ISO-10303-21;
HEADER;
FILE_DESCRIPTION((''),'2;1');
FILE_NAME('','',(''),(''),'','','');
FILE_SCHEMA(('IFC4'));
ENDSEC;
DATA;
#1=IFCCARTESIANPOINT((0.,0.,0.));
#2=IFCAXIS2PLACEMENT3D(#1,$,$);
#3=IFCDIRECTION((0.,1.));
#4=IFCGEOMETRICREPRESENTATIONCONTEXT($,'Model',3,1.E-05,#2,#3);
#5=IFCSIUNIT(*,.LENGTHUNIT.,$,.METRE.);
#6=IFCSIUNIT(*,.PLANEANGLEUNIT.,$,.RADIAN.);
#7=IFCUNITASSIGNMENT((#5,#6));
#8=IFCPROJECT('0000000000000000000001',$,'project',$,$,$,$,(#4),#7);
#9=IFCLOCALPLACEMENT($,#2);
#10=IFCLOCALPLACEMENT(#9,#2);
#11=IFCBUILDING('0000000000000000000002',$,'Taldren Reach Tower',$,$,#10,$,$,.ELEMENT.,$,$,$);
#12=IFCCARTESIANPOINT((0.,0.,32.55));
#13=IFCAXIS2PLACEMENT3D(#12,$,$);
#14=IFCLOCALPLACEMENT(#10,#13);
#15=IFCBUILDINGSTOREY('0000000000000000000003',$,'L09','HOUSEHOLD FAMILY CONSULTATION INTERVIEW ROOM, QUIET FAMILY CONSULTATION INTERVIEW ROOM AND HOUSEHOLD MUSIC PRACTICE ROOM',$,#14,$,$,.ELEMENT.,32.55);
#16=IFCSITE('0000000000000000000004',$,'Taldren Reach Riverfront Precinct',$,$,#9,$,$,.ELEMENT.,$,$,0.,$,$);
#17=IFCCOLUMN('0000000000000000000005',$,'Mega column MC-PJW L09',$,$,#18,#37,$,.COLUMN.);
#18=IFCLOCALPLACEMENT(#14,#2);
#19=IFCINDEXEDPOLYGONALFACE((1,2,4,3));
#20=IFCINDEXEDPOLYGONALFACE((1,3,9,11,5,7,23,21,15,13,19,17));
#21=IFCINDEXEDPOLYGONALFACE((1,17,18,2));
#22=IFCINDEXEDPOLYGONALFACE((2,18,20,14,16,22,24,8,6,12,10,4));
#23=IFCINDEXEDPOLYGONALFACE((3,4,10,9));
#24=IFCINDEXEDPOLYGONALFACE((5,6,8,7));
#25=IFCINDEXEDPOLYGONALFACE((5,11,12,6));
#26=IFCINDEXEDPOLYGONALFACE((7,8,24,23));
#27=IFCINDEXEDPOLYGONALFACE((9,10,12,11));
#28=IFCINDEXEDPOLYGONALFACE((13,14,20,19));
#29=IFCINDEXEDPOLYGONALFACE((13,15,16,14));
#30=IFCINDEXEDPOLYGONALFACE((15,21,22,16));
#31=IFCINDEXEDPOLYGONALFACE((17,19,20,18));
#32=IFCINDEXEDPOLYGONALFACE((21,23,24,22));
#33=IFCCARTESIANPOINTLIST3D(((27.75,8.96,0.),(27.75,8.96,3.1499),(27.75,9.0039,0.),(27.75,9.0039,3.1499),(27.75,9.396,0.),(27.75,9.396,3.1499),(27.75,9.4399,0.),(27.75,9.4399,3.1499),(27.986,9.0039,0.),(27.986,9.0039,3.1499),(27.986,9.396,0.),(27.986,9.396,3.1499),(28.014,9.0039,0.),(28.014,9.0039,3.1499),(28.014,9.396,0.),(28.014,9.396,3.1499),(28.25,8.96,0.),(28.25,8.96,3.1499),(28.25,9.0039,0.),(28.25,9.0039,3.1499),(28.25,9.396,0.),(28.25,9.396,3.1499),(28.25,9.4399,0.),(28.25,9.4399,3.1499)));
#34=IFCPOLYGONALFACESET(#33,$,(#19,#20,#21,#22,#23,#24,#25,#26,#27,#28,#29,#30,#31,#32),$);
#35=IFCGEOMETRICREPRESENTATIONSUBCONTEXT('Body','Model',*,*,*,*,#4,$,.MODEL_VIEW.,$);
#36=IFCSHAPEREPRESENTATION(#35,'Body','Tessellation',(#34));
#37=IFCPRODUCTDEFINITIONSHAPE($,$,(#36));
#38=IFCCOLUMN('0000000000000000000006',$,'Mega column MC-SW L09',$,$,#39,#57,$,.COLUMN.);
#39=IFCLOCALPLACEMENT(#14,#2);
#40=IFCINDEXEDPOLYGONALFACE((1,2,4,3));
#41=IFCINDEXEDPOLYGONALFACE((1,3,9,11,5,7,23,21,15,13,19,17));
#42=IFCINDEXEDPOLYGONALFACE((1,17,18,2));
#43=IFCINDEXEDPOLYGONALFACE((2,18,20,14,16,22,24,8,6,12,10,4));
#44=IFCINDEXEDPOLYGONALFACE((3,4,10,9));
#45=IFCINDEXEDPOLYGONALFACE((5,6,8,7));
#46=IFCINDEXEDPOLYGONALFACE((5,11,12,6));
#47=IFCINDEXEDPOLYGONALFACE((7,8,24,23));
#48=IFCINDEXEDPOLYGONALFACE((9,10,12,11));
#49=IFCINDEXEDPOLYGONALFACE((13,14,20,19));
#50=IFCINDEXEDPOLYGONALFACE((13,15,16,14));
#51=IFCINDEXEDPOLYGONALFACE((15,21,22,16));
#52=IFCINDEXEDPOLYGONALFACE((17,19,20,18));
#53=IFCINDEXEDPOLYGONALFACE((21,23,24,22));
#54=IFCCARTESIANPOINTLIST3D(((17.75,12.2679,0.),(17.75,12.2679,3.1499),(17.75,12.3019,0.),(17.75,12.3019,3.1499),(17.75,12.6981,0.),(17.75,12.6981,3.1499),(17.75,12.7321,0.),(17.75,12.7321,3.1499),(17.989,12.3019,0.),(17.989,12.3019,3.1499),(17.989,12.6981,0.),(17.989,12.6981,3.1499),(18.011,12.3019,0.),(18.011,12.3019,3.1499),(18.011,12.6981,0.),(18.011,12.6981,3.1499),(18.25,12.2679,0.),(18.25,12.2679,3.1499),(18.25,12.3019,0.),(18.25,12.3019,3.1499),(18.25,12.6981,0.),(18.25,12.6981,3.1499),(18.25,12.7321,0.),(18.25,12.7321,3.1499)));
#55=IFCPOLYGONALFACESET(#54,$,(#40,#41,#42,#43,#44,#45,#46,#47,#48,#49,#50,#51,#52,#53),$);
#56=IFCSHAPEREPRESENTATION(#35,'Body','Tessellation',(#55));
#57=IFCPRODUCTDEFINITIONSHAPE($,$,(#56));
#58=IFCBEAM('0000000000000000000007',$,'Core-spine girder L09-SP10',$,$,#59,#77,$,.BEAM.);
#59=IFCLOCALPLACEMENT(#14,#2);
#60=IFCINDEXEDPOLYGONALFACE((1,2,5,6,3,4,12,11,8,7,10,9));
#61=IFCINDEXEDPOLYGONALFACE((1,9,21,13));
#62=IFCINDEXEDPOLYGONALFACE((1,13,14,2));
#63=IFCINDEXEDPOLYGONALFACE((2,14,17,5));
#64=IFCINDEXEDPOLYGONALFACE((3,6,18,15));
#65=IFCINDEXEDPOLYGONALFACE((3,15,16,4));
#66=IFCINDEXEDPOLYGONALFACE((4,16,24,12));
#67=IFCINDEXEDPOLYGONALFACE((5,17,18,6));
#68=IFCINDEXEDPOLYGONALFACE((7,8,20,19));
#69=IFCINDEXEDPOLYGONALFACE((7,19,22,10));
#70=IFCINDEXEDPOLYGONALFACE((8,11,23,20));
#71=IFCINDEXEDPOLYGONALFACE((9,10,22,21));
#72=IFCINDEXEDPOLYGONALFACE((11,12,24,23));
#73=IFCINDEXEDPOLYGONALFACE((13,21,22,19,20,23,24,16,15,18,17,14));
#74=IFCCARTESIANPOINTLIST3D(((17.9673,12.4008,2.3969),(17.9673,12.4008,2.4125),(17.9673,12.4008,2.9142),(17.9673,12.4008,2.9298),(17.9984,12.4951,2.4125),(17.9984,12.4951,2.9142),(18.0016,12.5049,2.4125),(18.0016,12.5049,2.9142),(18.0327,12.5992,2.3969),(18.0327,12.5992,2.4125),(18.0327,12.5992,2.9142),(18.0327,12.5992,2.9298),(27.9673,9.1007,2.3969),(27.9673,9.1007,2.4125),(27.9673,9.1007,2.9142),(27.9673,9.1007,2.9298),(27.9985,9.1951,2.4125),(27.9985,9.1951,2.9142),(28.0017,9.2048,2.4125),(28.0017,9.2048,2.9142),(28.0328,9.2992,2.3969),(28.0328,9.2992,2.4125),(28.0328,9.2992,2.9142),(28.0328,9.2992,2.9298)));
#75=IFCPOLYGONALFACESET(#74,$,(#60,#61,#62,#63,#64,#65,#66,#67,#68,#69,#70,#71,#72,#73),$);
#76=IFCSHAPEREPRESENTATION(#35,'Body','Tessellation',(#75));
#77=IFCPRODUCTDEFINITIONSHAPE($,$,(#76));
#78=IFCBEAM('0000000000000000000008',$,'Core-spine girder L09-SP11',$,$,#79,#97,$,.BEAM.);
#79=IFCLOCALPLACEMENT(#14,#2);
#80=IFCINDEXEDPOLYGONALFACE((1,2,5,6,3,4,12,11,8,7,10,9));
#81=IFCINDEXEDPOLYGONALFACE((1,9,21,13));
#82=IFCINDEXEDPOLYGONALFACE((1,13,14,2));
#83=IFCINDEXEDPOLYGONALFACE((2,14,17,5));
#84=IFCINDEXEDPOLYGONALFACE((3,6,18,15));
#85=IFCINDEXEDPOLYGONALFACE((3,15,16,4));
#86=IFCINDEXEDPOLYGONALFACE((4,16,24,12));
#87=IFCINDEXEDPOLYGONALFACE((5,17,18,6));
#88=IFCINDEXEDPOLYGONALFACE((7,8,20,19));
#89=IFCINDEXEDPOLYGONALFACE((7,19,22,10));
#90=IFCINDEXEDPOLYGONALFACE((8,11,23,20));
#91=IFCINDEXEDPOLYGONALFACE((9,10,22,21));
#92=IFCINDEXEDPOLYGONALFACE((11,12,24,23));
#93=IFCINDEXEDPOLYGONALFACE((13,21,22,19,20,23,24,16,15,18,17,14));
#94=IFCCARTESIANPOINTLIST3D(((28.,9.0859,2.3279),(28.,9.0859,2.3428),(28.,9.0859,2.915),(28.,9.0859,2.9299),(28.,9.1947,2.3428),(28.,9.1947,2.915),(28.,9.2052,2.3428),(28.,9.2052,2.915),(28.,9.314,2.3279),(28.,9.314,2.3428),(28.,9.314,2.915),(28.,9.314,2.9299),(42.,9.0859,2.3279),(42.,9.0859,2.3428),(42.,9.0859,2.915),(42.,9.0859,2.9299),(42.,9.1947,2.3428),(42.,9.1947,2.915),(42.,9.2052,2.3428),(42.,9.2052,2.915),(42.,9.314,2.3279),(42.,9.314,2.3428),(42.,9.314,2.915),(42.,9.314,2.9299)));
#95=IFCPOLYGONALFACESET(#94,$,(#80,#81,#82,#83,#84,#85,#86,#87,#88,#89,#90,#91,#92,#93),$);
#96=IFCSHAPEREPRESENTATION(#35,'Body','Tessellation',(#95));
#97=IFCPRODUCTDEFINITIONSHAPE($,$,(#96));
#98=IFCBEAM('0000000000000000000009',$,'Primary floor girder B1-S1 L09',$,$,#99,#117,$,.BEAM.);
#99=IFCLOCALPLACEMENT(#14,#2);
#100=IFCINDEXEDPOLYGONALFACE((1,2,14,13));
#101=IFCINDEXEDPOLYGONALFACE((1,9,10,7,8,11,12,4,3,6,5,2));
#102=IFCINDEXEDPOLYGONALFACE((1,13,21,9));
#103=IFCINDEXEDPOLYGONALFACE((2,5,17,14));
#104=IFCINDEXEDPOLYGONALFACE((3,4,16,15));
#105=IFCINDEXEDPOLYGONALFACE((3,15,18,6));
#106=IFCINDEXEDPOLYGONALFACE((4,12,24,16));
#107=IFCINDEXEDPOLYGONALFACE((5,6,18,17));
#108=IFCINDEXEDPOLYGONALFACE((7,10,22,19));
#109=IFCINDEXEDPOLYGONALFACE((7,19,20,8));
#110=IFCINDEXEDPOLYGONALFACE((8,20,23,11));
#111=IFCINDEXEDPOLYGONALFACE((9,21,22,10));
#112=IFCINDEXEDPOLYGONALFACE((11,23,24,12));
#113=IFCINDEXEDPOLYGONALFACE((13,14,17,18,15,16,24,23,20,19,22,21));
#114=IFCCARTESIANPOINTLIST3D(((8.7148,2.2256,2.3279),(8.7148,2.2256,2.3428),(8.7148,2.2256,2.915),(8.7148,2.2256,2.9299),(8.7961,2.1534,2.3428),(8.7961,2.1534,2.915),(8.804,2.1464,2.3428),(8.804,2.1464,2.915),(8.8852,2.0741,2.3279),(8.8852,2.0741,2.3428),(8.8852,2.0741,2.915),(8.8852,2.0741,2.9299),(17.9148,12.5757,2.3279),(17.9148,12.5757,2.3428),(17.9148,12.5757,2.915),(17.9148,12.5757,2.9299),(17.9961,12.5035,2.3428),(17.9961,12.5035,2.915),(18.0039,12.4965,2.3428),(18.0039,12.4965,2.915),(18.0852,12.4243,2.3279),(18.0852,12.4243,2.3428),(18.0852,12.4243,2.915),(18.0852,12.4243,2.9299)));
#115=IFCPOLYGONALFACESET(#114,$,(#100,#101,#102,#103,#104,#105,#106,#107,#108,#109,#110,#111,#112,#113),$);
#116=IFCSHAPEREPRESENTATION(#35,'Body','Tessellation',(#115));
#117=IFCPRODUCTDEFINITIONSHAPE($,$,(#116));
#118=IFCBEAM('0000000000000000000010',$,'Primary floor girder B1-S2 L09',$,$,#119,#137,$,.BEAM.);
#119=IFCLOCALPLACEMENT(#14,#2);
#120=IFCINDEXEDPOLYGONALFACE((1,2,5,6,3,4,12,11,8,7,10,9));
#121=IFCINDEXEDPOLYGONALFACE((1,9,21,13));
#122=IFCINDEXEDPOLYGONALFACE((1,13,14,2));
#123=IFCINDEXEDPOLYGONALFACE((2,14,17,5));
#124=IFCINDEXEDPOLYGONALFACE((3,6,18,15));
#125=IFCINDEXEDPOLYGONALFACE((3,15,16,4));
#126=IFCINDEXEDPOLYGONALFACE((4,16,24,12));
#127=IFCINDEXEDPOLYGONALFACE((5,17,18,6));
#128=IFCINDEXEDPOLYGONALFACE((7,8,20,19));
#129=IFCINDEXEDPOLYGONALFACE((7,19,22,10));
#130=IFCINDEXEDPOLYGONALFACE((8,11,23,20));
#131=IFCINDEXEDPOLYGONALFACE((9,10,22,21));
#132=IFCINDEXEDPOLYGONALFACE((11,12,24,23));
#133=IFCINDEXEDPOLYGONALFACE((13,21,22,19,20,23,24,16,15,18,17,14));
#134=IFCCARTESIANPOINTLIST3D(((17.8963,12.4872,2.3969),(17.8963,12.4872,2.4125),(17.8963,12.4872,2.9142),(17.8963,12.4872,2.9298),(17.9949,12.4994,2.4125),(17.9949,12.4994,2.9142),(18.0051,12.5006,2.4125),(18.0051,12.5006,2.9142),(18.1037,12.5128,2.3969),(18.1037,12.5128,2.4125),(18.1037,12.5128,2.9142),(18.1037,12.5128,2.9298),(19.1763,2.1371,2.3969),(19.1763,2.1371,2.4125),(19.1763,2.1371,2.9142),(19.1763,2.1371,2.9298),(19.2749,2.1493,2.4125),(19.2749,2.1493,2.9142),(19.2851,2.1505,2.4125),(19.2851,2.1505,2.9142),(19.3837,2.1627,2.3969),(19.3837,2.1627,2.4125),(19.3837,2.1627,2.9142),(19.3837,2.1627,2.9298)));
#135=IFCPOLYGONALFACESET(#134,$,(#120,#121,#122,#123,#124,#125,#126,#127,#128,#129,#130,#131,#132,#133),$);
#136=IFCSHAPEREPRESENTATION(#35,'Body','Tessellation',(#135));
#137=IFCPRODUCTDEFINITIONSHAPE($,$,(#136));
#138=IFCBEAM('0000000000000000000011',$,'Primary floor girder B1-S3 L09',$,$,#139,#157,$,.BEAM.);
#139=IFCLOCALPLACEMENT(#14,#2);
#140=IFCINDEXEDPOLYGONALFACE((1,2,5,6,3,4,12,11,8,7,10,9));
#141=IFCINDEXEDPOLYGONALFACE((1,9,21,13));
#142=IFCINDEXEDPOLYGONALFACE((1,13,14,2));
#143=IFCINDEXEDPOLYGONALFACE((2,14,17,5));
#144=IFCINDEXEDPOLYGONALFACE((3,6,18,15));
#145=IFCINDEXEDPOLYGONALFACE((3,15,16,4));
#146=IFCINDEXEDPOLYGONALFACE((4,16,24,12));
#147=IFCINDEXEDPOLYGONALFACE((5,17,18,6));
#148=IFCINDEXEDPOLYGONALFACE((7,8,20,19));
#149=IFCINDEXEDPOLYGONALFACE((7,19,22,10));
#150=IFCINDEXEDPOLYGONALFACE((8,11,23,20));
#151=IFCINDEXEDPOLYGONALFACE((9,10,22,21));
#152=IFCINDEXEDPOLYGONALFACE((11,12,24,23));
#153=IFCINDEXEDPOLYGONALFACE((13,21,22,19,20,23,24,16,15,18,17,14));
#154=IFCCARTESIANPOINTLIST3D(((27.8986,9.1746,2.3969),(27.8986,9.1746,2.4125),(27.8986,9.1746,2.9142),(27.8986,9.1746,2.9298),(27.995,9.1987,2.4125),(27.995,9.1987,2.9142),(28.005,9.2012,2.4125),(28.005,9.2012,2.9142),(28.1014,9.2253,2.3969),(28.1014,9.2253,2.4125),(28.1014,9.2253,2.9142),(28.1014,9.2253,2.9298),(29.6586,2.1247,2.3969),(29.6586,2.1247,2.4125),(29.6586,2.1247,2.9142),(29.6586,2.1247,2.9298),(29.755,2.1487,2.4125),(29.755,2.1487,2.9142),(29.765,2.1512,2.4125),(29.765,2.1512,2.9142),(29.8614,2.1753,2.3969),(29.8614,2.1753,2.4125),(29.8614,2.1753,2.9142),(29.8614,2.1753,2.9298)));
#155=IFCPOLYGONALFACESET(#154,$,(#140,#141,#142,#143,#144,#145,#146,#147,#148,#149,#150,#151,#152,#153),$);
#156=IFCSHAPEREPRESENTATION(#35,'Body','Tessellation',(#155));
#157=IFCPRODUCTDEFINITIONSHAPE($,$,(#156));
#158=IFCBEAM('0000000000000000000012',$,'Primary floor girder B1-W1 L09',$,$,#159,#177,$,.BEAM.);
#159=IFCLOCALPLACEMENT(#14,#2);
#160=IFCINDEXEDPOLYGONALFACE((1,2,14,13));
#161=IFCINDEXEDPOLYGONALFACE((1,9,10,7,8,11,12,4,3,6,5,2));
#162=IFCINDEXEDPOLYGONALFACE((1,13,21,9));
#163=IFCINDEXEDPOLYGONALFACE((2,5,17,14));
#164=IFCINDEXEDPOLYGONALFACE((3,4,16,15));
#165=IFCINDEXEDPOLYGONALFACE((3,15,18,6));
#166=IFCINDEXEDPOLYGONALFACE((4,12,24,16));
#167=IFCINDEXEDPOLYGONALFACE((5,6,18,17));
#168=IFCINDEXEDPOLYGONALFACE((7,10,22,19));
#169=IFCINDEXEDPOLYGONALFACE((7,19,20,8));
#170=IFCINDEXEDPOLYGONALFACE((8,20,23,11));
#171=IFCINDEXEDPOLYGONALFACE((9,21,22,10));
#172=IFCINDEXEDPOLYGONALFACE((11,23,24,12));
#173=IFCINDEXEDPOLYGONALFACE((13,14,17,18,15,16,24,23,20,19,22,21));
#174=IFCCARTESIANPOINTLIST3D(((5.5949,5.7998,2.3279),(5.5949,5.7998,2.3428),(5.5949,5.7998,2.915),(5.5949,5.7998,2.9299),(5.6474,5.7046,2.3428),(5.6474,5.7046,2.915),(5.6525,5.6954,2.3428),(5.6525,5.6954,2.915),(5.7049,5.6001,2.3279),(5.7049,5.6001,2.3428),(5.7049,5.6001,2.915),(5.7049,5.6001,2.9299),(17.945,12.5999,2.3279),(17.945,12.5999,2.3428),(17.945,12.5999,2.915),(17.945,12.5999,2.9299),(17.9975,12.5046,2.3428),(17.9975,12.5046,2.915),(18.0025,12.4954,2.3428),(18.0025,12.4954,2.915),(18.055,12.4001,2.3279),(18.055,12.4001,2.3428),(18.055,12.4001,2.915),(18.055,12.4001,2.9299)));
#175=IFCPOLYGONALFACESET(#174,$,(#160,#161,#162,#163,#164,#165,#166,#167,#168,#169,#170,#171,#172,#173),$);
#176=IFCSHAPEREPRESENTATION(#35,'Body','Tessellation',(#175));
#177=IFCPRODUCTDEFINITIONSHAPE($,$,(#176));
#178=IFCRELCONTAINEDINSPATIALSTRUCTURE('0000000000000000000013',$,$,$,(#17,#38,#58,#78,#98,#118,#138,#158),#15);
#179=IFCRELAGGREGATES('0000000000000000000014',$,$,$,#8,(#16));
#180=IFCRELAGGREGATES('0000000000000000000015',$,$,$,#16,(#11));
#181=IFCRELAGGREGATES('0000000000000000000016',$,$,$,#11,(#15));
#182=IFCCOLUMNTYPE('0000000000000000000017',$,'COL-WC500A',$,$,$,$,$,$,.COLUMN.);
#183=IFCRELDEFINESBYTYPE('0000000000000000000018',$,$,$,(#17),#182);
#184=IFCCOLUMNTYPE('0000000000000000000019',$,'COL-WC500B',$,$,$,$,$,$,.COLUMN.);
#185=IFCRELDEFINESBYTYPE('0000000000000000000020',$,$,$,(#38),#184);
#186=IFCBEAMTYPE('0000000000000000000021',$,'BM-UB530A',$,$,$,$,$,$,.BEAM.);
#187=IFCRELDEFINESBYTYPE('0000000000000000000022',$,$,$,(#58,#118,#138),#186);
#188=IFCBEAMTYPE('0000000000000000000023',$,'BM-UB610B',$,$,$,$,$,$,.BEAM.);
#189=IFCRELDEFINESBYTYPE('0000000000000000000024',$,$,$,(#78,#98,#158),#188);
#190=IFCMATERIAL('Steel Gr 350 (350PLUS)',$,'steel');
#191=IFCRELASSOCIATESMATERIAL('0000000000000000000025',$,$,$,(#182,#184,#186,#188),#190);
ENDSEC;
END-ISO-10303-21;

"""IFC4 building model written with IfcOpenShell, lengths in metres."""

from ifc_helpers import new_model, si_unit, direction, frame, origin, origin_2d, place, context, subcontext, project, spatial, i_section, extrude, source, transform, mapped, material, material_profile, profile_set, type_object, element, save


model = new_model("IFC4")

# Units and contexts
model_context = context("Model", 3, precision=1e-05, world=origin(), true_north=direction((0.0, 1.0)))
body_context = subcontext(model_context, "Body", "Model", "MODEL_VIEW")
ifc_project = project(units=[si_unit("LENGTHUNIT", "METRE"), si_unit("PLANEANGLEUNIT", "RADIAN")], contexts=[model_context])

# Site, building, storey
site_placement = place(None, origin())
site = spatial("IfcSite", under=ifc_project, at=site_placement, Name="Taldren Reach Riverfront Precinct", CompositionType="ELEMENT", RefElevation=0.0)
building_placement = place(site_placement, origin())
building = spatial("IfcBuilding", under=site, at=building_placement, Name="Taldren Reach Tower", CompositionType="ELEMENT")
storey_placement = place(building_placement, frame((0.0, 0.0, 32.55)))
storey = spatial("IfcBuildingStorey", under=building, at=storey_placement, Name="L09", Description="HOUSEHOLD FAMILY CONSULTATION INTERVIEW ROOM, QUIET FAMILY CONSULTATION INTERVIEW ROOM AND HOUSEHOLD MUSIC PRACTICE ROOM", CompositionType="ELEMENT", Elevation=32.55)

# Columns
ifc_material_1 = material(Name="Steel Gr 350 (350PLUS)", Category="steel")
ifc_material_profile_1 = material_profile(ifc_material_1, i_section(OverallWidth=0.5, OverallDepth=0.48, WebThickness=0.0281, FlangeThickness=0.0439, at=origin_2d()), Name="500WC440")
ifc_profile_set_1 = profile_set([ifc_material_profile_1], Name="Steel Gr 350 (350PLUS)")
column_type_1 = type_object("IfcColumnType", Name="COL-WC500A", PredefinedType="COLUMN", material=ifc_profile_set_1)
shared_shape_1 = source(origin(), body_context, "Body", "SweptSolid", [
    extrude(i_section(OverallWidth=0.5, OverallDepth=0.48, WebThickness=0.0281, FlangeThickness=0.0439, at=origin_2d()), origin(), (0.0, 0.0, 1.0), 3.1499),
])
column_1_placement = place(storey_placement, frame((28.0, 9.2, 0.0), z_axis=(0.0, 0.0, 1.0), x_axis=(1.0, 0.0, 0.0)))
element("IfcColumn", 1, at=column_1_placement, inside=storey, type_object=column_type_1, Name="Mega column MC-PJW L09", PredefinedType="COLUMN", context=body_context, shape_type="MappedRepresentation", body=[
    mapped(shared_shape_1, transform((0.0, 0.0, 0.0), scale=1.0)),
])
ifc_material_profile_2 = material_profile(ifc_material_1, i_section(OverallWidth=0.5, OverallDepth=0.4641, WebThickness=0.022, FlangeThickness=0.0339, at=origin_2d()), Name="500WC340")
ifc_profile_set_2 = profile_set([ifc_material_profile_2], Name="Steel Gr 350 (350PLUS)")
column_type_2 = type_object("IfcColumnType", Name="COL-WC500B", PredefinedType="COLUMN", material=ifc_profile_set_2)
shared_shape_2 = source(origin(), body_context, "Body", "SweptSolid", [
    extrude(i_section(OverallWidth=0.5, OverallDepth=0.4641, WebThickness=0.022, FlangeThickness=0.0339, at=origin_2d()), origin(), (0.0, 0.0, 1.0), 3.1499),
])
column_2_placement = place(storey_placement, frame((18.0, 12.5, 0.0), z_axis=(0.0, 0.0, 1.0), x_axis=(1.0, 0.0, 0.0)))
element("IfcColumn", 2, at=column_2_placement, inside=storey, type_object=column_type_2, Name="Mega column MC-SW L09", PredefinedType="COLUMN", context=body_context, shape_type="MappedRepresentation", body=[
    mapped(shared_shape_2, transform((0.0, 0.0, 0.0), scale=1.0)),
])

# Beams
ifc_material_profile_3 = material_profile(ifc_material_1, i_section(OverallWidth=0.209, OverallDepth=0.533, WebThickness=0.0103, FlangeThickness=0.0156, at=origin_2d()), Name="530UB92.4")
ifc_profile_set_3 = profile_set([ifc_material_profile_3], Name="Steel Gr 350 (350PLUS)")
beam_type_1 = type_object("IfcBeamType", Name="BM-UB530A", PredefinedType="BEAM", material=ifc_profile_set_3)
shared_shape_3 = source(origin(), body_context, "Body", "SweptSolid", [
    extrude(i_section(OverallWidth=0.209, OverallDepth=0.533, WebThickness=0.0103, FlangeThickness=0.0156, at=origin_2d()), origin(), (0.0, 0.0, 1.0), 10.5305),
])
beam_1_placement = place(storey_placement, frame((18.0, 12.5, 2.6633), z_axis=(0.949627, -0.313382, 0.0), x_axis=(0.313382, 0.949627, 0.0)))
element("IfcBeam", 3, at=beam_1_placement, inside=storey, type_object=beam_type_1, Name="Core-spine girder L09-SP10", PredefinedType="BEAM", context=body_context, shape_type="MappedRepresentation", body=[
    mapped(shared_shape_3, transform((0.0, 0.0, 0.0), scale=1.0)),
])
ifc_material_profile_4 = material_profile(ifc_material_1, i_section(OverallWidth=0.228, OverallDepth=0.6021, WebThickness=0.0105, FlangeThickness=0.0149, at=origin_2d()), Name="610UB101")
ifc_profile_set_4 = profile_set([ifc_material_profile_4], Name="Steel Gr 350 (350PLUS)")
beam_type_2 = type_object("IfcBeamType", Name="BM-UB610B", PredefinedType="BEAM", material=ifc_profile_set_4)
shared_shape_4 = source(origin(), body_context, "Body", "SweptSolid", [
    extrude(i_section(OverallWidth=0.228, OverallDepth=0.6021, WebThickness=0.0105, FlangeThickness=0.0149, at=origin_2d()), origin(), (0.0, 0.0, 1.0), 14.0),
])
beam_2_placement = place(storey_placement, frame((28.0, 9.2, 2.6289), z_axis=(1.0, 0.0, 0.0), x_axis=(0.0, 1.0, 0.0)))
element("IfcBeam", 4, at=beam_2_placement, inside=storey, type_object=beam_type_2, Name="Core-spine girder L09-SP11", PredefinedType="BEAM", context=body_context, shape_type="MappedRepresentation", body=[
    mapped(shared_shape_4, transform((0.0, 0.0, 0.0), scale=1.0)),
])
shared_shape_5 = source(origin(), body_context, "Body", "SweptSolid", [
    extrude(i_section(OverallWidth=0.228, OverallDepth=0.6021, WebThickness=0.0105, FlangeThickness=0.0149, at=origin_2d()), origin(), (0.0, 0.0, 1.0), 13.8479),
])
beam_3_placement = place(storey_placement, frame((18.0, 12.5, 2.6289), z_axis=(-0.664358, -0.747414, 0.0), x_axis=(0.747414, -0.664358, 0.0)))
element("IfcBeam", 5, at=beam_3_placement, inside=storey, type_object=beam_type_2, Name="Primary floor girder B1-S1 L09", PredefinedType="BEAM", context=body_context, shape_type="MappedRepresentation", body=[
    mapped(shared_shape_5, transform((0.0, 0.0, 0.0), scale=1.0)),
])
shared_shape_6 = source(origin(), body_context, "Body", "SweptSolid", [
    extrude(i_section(OverallWidth=0.209, OverallDepth=0.533, WebThickness=0.0103, FlangeThickness=0.0156, at=origin_2d()), origin(), (0.0, 0.0, 1.0), 10.429),
])
beam_4_placement = place(storey_placement, frame((18.0, 12.5, 2.6633), z_axis=(0.122738, -0.992439, 0.0), x_axis=(0.992439, 0.122738, 0.0)))
element("IfcBeam", 6, at=beam_4_placement, inside=storey, type_object=beam_type_1, Name="Primary floor girder B1-S2 L09", PredefinedType="BEAM", context=body_context, shape_type="MappedRepresentation", body=[
    mapped(shared_shape_6, transform((0.0, 0.0, 0.0), scale=1.0)),
])
shared_shape_7 = source(origin(), body_context, "Body", "SweptSolid", [
    extrude(i_section(OverallWidth=0.209, OverallDepth=0.533, WebThickness=0.0103, FlangeThickness=0.0156, at=origin_2d()), origin(), (0.0, 0.0, 1.0), 7.2664),
])
beam_5_placement = place(storey_placement, frame((28.0, 9.2, 2.6633), z_axis=(0.242211, -0.970223, 0.0), x_axis=(0.970223, 0.242211, 0.0)))
element("IfcBeam", 7, at=beam_5_placement, inside=storey, type_object=beam_type_1, Name="Primary floor girder B1-S3 L09", PredefinedType="BEAM", context=body_context, shape_type="MappedRepresentation", body=[
    mapped(shared_shape_7, transform((0.0, 0.0, 0.0), scale=1.0)),
])
shared_shape_8 = source(origin(), body_context, "Body", "SweptSolid", [
    extrude(i_section(OverallWidth=0.228, OverallDepth=0.6021, WebThickness=0.0105, FlangeThickness=0.0149, at=origin_2d()), origin(), (0.0, 0.0, 1.0), 14.0984),
])
beam_6_placement = place(storey_placement, frame((18.0, 12.5, 2.6289), z_axis=(-0.875991, -0.482327, 0.0), x_axis=(0.482327, -0.875991, 0.0)))
element("IfcBeam", 8, at=beam_6_placement, inside=storey, type_object=beam_type_2, Name="Primary floor girder B1-W1 L09", PredefinedType="BEAM", context=body_context, shape_type="MappedRepresentation", body=[
    mapped(shared_shape_8, transform((0.0, 0.0, 0.0), scale=1.0)),
])

save(model, "model.ifc")
